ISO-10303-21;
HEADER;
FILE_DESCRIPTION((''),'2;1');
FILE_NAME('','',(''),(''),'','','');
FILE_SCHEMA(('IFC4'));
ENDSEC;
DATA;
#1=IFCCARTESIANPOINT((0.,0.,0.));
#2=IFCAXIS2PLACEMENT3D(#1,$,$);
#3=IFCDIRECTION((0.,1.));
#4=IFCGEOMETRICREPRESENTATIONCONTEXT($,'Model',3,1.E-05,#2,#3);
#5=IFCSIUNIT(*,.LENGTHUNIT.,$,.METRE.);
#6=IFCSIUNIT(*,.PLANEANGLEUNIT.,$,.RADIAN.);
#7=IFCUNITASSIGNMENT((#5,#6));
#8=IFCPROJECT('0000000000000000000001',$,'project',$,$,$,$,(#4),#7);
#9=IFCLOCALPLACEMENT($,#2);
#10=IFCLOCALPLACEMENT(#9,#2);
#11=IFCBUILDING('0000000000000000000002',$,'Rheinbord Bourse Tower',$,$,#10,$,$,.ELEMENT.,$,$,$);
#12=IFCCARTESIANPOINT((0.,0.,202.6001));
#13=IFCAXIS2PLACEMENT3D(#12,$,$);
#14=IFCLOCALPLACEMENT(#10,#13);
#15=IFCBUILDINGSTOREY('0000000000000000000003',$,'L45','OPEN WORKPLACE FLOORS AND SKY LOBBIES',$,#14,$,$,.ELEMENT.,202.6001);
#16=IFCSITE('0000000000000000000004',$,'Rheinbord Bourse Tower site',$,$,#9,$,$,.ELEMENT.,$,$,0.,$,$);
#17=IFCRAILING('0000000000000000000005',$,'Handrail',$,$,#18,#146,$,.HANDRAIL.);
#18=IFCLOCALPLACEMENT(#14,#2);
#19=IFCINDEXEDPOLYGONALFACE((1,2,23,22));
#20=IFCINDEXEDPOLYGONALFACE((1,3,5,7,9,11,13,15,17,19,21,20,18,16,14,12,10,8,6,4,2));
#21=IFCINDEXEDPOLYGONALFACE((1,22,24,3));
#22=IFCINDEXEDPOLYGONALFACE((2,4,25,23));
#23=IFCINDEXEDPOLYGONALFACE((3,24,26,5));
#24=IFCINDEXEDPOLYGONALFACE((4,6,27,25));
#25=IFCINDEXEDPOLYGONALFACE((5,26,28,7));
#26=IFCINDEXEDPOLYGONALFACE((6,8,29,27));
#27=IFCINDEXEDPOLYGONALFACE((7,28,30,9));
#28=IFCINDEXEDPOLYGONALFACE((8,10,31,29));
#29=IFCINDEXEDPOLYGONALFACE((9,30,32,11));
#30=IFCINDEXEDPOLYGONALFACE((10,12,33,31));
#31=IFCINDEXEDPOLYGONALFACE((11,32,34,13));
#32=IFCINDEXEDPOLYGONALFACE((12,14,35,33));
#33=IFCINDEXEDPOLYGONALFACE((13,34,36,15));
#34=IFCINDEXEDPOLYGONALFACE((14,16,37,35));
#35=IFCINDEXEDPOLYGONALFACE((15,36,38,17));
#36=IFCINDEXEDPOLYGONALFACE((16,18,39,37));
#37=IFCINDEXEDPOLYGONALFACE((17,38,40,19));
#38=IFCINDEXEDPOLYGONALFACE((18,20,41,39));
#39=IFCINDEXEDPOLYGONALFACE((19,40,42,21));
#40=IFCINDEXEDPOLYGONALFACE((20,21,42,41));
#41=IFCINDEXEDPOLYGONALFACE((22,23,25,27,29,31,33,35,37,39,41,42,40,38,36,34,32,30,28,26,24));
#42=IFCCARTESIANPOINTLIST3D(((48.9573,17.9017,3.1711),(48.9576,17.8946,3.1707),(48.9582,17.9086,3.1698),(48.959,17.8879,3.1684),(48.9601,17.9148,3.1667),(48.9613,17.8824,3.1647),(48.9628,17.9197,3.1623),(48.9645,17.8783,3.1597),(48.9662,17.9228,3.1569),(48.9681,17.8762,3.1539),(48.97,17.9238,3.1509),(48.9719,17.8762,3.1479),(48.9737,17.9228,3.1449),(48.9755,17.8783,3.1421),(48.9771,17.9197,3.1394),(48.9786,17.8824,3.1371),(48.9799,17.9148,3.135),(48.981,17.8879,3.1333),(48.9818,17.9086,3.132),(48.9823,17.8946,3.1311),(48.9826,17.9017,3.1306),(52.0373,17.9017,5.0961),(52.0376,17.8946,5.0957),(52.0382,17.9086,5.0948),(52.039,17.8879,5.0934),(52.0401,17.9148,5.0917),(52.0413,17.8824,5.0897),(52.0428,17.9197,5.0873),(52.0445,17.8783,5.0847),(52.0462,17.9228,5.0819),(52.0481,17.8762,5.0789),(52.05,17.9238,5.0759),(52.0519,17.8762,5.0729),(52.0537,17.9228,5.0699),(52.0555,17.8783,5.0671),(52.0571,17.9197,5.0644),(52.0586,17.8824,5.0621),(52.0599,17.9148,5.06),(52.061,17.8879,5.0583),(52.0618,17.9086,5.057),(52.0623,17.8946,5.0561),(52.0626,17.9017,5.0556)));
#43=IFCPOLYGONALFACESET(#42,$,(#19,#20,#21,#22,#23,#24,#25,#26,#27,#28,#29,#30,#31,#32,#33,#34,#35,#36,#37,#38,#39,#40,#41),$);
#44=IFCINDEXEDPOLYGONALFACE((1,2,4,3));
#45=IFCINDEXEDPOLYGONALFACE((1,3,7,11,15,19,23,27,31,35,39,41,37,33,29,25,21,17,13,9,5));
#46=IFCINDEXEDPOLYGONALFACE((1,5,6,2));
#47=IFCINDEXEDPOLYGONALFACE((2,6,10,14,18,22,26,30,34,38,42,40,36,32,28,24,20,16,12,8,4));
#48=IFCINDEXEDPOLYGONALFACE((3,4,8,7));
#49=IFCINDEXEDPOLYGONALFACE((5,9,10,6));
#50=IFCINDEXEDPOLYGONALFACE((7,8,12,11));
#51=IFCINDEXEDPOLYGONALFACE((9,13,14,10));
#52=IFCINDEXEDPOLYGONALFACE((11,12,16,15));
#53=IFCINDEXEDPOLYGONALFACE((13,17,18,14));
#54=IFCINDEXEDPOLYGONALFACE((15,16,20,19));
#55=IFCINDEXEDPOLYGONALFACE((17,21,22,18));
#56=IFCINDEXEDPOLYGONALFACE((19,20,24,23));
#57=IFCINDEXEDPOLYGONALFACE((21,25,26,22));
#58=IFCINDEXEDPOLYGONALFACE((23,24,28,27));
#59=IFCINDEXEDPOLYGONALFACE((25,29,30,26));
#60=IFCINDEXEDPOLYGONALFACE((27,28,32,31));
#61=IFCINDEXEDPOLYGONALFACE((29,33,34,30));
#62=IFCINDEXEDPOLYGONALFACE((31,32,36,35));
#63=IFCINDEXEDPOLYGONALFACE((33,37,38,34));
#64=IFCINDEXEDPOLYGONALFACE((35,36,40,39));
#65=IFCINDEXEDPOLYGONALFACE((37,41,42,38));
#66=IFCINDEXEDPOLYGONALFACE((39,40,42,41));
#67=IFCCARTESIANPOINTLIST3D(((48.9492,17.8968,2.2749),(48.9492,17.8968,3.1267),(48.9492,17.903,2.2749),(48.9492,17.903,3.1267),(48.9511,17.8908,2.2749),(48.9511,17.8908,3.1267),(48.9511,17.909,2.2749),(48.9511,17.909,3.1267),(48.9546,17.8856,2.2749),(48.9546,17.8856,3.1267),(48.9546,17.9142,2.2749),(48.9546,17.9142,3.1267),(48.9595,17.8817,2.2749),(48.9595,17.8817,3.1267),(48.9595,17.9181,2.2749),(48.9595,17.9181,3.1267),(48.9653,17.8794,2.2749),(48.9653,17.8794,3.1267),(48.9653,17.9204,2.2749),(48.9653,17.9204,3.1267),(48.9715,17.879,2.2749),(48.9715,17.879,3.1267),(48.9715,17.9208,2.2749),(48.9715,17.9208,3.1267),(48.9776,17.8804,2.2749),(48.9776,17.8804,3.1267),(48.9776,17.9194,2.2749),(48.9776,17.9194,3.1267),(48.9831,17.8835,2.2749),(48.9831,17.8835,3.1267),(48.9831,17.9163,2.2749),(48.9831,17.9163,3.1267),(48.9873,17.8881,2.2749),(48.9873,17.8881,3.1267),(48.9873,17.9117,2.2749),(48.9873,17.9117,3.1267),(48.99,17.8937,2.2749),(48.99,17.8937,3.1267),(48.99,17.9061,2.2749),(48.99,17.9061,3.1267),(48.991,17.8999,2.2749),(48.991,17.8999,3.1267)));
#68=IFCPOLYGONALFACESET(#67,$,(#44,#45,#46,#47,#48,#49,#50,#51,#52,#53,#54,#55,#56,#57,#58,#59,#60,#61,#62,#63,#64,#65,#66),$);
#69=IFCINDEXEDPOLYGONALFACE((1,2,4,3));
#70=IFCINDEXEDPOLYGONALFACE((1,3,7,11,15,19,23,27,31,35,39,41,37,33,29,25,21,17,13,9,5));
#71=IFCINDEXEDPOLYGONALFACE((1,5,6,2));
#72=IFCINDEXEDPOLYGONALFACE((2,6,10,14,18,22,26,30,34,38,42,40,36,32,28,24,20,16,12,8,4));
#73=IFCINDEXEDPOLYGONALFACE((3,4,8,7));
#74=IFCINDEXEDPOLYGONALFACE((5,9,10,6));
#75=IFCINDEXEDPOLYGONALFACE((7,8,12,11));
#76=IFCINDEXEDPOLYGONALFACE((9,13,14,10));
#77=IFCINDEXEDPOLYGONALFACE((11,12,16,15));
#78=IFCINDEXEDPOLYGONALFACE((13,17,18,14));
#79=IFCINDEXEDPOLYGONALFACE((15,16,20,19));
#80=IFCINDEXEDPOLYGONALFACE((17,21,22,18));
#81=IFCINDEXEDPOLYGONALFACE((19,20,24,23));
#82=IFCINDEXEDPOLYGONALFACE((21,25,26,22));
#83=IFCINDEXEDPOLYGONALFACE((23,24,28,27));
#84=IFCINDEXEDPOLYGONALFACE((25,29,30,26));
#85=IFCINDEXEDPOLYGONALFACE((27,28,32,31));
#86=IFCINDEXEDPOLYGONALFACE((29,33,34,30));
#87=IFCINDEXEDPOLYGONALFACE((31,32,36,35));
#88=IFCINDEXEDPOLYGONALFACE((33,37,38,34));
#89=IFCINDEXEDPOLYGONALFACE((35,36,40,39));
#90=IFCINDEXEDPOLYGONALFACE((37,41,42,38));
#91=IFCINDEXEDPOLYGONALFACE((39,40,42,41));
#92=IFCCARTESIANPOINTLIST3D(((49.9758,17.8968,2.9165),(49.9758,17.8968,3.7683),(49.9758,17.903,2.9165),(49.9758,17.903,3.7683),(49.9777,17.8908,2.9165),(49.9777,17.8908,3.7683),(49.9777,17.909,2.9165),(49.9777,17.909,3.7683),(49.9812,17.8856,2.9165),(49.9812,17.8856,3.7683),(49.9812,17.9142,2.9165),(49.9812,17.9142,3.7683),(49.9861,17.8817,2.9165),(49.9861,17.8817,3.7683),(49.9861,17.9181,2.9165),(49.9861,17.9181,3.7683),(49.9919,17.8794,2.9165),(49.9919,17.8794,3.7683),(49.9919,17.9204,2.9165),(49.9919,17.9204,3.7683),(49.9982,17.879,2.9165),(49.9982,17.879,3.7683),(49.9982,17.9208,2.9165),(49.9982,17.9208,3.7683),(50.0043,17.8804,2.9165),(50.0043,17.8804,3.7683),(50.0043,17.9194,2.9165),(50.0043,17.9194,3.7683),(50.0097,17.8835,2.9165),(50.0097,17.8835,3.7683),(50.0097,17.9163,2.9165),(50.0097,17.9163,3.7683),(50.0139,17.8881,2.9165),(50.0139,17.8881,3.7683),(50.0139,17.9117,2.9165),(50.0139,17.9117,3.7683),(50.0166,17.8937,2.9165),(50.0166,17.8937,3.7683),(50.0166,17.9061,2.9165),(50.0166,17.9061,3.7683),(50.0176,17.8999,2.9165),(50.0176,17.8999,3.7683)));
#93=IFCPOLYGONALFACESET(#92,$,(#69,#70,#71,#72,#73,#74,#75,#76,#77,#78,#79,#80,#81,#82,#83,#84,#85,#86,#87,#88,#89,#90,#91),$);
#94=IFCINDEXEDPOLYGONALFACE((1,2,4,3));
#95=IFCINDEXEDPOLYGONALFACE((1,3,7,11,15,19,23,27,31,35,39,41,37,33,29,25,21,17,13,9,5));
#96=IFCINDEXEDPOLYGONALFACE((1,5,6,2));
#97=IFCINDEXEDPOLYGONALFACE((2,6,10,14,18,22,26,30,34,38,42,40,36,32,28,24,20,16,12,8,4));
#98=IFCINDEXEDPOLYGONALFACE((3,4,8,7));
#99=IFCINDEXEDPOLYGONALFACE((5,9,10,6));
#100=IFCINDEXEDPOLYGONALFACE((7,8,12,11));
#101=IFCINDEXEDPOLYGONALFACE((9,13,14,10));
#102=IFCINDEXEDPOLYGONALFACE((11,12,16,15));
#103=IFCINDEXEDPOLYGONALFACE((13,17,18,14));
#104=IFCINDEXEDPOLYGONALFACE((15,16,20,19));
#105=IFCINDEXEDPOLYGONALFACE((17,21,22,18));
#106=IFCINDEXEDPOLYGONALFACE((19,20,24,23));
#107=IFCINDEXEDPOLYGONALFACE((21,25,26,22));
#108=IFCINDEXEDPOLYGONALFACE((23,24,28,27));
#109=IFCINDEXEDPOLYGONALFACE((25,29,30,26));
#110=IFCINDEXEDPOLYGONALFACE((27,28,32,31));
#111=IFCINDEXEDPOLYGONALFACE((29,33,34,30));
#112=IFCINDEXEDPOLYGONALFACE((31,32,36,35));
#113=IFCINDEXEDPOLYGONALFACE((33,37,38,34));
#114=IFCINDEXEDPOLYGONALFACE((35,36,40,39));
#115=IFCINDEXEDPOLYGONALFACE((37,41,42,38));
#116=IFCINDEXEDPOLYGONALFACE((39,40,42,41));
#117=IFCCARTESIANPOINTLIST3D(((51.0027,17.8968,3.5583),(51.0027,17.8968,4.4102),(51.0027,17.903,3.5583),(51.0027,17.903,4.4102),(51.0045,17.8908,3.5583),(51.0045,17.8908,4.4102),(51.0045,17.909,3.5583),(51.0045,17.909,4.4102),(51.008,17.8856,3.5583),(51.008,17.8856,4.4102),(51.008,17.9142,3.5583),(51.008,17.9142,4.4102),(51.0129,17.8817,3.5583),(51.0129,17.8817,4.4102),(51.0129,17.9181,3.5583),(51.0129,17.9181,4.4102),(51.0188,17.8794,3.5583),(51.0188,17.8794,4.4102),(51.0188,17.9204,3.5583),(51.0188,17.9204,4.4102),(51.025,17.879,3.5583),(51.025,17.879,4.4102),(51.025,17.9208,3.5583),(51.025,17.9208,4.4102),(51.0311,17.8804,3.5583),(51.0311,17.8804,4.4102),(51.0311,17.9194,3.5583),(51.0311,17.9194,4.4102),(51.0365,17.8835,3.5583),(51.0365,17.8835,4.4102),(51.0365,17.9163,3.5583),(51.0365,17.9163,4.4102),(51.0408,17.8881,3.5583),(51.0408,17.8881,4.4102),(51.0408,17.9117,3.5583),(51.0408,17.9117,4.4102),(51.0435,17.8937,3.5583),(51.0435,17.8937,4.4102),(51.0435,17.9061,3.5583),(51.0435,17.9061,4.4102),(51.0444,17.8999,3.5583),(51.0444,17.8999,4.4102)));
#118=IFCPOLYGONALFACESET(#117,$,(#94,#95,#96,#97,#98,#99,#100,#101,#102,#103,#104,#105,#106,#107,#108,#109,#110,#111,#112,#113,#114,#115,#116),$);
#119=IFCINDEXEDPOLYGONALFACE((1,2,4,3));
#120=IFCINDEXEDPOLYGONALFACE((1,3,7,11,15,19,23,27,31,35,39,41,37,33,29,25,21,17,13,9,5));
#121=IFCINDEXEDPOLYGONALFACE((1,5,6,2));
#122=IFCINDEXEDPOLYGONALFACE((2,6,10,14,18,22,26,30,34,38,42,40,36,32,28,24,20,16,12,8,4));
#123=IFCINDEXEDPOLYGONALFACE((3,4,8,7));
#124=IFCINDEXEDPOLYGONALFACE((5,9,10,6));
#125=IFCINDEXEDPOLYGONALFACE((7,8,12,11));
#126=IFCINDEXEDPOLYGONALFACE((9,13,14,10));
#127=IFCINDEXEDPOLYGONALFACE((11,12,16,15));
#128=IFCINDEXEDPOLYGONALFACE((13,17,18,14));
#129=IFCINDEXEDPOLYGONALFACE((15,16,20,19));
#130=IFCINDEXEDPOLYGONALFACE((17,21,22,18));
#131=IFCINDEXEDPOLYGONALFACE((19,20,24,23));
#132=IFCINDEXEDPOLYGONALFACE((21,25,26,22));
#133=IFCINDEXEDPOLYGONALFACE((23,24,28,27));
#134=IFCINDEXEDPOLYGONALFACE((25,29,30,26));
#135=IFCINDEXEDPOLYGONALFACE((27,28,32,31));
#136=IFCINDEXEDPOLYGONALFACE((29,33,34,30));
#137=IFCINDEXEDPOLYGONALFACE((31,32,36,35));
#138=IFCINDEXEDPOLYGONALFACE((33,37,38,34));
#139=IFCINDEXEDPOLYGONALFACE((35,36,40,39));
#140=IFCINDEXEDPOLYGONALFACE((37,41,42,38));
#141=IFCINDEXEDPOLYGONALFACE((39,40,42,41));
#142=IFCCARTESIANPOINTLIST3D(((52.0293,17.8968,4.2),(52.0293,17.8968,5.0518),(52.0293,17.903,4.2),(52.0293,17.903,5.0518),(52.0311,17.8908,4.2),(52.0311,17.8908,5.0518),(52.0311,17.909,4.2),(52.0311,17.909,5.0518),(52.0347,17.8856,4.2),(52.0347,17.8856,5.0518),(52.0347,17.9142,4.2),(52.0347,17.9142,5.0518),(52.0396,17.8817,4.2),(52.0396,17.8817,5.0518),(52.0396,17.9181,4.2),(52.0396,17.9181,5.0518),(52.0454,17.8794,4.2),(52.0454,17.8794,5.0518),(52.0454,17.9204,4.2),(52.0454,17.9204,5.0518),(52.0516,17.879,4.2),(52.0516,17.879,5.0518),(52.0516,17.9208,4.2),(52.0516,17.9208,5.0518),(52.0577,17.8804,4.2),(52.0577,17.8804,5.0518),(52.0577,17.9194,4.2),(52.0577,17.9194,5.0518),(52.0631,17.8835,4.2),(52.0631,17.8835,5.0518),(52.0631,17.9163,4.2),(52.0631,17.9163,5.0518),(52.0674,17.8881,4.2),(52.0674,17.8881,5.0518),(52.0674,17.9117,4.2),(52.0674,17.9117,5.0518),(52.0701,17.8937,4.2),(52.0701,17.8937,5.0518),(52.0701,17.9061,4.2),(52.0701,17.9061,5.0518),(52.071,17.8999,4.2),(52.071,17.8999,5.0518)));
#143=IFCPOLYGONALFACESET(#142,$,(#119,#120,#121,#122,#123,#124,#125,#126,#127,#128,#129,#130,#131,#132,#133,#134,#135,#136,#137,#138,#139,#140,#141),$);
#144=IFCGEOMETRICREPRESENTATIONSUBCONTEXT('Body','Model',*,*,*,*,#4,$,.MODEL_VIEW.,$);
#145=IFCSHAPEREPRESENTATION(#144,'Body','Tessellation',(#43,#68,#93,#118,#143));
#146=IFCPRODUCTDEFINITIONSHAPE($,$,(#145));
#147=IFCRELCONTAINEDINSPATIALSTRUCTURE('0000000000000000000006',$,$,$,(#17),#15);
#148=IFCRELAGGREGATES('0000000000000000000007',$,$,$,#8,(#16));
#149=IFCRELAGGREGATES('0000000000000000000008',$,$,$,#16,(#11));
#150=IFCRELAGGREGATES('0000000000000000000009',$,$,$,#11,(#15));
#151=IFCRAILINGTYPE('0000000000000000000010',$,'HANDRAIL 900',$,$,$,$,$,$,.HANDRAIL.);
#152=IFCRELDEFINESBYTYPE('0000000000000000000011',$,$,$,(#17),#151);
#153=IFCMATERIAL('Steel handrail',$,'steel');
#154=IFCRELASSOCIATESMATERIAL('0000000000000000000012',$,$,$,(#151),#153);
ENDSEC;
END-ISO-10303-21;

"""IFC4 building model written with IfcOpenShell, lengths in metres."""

from ifc_helpers import new_model, si_unit, direction, frame, origin, origin_2d, place, context, subcontext, project, spatial, circle, extrude, material, type_object, element, save


model = new_model("IFC4")

# Units and contexts
model_context = context("Model", 3, precision=1e-05, world=origin(), true_north=direction((0.0, 1.0)))
body_context = subcontext(model_context, "Body", "Model", "MODEL_VIEW")
ifc_project = project(units=[si_unit("LENGTHUNIT", "METRE"), si_unit("PLANEANGLEUNIT", "RADIAN")], contexts=[model_context])

# Site, building, storey
site_placement = place(None, origin())
site = spatial("IfcSite", under=ifc_project, at=site_placement, Name="Rheinbord Bourse Tower site", CompositionType="ELEMENT", RefElevation=0.0)
building_placement = place(site_placement, origin())
building = spatial("IfcBuilding", under=site, at=building_placement, Name="Rheinbord Bourse Tower", CompositionType="ELEMENT")
storey_placement = place(building_placement, frame((0.0, 0.0, 202.6001)))
storey = spatial("IfcBuildingStorey", under=building, at=storey_placement, Name="L45", Description="OPEN WORKPLACE FLOORS AND SKY LOBBIES", CompositionType="ELEMENT", Elevation=202.6001)

# Railing
ifc_material_1 = material(Name="Steel handrail", Category="steel")
railing_type = type_object("IfcRailingType", Name="HANDRAIL 900", PredefinedType="HANDRAIL", material=ifc_material_1)
railing_1_placement = place(storey_placement, frame((48.97, 17.8999, 2.2749)))
element("IfcRailing", 1, at=railing_1_placement, inside=storey, type_object=railing_type, Name="Handrail", PredefinedType="HANDRAIL", context=body_context, shape_type="SweptSolid", body=[
    extrude(circle(Radius=0.0239, at=origin_2d()), frame((0.0, 0.0, 0.876), z_axis=(0.847998, 0.0, 0.529999), x_axis=(0.0, 1.0, 0.0)), (0.0, 0.0, 1.0), 3.6321),
    extrude(circle(Radius=0.021, at=origin_2d()), origin(), (0.0, 0.0, 1.0), 0.8518),
    extrude(circle(Radius=0.021, at=origin_2d()), frame((1.0266, 0.0, 0.6416)), (0.0, 0.0, 1.0), 0.8518),
    extrude(circle(Radius=0.021, at=origin_2d()), frame((2.0535, 0.0, 1.2834)), (0.0, 0.0, 1.0), 0.8518),
    extrude(circle(Radius=0.021, at=origin_2d()), frame((3.0801, 0.0, 1.925)), (0.0, 0.0, 1.0), 0.8518),
])

save(model, "model.ifc")
